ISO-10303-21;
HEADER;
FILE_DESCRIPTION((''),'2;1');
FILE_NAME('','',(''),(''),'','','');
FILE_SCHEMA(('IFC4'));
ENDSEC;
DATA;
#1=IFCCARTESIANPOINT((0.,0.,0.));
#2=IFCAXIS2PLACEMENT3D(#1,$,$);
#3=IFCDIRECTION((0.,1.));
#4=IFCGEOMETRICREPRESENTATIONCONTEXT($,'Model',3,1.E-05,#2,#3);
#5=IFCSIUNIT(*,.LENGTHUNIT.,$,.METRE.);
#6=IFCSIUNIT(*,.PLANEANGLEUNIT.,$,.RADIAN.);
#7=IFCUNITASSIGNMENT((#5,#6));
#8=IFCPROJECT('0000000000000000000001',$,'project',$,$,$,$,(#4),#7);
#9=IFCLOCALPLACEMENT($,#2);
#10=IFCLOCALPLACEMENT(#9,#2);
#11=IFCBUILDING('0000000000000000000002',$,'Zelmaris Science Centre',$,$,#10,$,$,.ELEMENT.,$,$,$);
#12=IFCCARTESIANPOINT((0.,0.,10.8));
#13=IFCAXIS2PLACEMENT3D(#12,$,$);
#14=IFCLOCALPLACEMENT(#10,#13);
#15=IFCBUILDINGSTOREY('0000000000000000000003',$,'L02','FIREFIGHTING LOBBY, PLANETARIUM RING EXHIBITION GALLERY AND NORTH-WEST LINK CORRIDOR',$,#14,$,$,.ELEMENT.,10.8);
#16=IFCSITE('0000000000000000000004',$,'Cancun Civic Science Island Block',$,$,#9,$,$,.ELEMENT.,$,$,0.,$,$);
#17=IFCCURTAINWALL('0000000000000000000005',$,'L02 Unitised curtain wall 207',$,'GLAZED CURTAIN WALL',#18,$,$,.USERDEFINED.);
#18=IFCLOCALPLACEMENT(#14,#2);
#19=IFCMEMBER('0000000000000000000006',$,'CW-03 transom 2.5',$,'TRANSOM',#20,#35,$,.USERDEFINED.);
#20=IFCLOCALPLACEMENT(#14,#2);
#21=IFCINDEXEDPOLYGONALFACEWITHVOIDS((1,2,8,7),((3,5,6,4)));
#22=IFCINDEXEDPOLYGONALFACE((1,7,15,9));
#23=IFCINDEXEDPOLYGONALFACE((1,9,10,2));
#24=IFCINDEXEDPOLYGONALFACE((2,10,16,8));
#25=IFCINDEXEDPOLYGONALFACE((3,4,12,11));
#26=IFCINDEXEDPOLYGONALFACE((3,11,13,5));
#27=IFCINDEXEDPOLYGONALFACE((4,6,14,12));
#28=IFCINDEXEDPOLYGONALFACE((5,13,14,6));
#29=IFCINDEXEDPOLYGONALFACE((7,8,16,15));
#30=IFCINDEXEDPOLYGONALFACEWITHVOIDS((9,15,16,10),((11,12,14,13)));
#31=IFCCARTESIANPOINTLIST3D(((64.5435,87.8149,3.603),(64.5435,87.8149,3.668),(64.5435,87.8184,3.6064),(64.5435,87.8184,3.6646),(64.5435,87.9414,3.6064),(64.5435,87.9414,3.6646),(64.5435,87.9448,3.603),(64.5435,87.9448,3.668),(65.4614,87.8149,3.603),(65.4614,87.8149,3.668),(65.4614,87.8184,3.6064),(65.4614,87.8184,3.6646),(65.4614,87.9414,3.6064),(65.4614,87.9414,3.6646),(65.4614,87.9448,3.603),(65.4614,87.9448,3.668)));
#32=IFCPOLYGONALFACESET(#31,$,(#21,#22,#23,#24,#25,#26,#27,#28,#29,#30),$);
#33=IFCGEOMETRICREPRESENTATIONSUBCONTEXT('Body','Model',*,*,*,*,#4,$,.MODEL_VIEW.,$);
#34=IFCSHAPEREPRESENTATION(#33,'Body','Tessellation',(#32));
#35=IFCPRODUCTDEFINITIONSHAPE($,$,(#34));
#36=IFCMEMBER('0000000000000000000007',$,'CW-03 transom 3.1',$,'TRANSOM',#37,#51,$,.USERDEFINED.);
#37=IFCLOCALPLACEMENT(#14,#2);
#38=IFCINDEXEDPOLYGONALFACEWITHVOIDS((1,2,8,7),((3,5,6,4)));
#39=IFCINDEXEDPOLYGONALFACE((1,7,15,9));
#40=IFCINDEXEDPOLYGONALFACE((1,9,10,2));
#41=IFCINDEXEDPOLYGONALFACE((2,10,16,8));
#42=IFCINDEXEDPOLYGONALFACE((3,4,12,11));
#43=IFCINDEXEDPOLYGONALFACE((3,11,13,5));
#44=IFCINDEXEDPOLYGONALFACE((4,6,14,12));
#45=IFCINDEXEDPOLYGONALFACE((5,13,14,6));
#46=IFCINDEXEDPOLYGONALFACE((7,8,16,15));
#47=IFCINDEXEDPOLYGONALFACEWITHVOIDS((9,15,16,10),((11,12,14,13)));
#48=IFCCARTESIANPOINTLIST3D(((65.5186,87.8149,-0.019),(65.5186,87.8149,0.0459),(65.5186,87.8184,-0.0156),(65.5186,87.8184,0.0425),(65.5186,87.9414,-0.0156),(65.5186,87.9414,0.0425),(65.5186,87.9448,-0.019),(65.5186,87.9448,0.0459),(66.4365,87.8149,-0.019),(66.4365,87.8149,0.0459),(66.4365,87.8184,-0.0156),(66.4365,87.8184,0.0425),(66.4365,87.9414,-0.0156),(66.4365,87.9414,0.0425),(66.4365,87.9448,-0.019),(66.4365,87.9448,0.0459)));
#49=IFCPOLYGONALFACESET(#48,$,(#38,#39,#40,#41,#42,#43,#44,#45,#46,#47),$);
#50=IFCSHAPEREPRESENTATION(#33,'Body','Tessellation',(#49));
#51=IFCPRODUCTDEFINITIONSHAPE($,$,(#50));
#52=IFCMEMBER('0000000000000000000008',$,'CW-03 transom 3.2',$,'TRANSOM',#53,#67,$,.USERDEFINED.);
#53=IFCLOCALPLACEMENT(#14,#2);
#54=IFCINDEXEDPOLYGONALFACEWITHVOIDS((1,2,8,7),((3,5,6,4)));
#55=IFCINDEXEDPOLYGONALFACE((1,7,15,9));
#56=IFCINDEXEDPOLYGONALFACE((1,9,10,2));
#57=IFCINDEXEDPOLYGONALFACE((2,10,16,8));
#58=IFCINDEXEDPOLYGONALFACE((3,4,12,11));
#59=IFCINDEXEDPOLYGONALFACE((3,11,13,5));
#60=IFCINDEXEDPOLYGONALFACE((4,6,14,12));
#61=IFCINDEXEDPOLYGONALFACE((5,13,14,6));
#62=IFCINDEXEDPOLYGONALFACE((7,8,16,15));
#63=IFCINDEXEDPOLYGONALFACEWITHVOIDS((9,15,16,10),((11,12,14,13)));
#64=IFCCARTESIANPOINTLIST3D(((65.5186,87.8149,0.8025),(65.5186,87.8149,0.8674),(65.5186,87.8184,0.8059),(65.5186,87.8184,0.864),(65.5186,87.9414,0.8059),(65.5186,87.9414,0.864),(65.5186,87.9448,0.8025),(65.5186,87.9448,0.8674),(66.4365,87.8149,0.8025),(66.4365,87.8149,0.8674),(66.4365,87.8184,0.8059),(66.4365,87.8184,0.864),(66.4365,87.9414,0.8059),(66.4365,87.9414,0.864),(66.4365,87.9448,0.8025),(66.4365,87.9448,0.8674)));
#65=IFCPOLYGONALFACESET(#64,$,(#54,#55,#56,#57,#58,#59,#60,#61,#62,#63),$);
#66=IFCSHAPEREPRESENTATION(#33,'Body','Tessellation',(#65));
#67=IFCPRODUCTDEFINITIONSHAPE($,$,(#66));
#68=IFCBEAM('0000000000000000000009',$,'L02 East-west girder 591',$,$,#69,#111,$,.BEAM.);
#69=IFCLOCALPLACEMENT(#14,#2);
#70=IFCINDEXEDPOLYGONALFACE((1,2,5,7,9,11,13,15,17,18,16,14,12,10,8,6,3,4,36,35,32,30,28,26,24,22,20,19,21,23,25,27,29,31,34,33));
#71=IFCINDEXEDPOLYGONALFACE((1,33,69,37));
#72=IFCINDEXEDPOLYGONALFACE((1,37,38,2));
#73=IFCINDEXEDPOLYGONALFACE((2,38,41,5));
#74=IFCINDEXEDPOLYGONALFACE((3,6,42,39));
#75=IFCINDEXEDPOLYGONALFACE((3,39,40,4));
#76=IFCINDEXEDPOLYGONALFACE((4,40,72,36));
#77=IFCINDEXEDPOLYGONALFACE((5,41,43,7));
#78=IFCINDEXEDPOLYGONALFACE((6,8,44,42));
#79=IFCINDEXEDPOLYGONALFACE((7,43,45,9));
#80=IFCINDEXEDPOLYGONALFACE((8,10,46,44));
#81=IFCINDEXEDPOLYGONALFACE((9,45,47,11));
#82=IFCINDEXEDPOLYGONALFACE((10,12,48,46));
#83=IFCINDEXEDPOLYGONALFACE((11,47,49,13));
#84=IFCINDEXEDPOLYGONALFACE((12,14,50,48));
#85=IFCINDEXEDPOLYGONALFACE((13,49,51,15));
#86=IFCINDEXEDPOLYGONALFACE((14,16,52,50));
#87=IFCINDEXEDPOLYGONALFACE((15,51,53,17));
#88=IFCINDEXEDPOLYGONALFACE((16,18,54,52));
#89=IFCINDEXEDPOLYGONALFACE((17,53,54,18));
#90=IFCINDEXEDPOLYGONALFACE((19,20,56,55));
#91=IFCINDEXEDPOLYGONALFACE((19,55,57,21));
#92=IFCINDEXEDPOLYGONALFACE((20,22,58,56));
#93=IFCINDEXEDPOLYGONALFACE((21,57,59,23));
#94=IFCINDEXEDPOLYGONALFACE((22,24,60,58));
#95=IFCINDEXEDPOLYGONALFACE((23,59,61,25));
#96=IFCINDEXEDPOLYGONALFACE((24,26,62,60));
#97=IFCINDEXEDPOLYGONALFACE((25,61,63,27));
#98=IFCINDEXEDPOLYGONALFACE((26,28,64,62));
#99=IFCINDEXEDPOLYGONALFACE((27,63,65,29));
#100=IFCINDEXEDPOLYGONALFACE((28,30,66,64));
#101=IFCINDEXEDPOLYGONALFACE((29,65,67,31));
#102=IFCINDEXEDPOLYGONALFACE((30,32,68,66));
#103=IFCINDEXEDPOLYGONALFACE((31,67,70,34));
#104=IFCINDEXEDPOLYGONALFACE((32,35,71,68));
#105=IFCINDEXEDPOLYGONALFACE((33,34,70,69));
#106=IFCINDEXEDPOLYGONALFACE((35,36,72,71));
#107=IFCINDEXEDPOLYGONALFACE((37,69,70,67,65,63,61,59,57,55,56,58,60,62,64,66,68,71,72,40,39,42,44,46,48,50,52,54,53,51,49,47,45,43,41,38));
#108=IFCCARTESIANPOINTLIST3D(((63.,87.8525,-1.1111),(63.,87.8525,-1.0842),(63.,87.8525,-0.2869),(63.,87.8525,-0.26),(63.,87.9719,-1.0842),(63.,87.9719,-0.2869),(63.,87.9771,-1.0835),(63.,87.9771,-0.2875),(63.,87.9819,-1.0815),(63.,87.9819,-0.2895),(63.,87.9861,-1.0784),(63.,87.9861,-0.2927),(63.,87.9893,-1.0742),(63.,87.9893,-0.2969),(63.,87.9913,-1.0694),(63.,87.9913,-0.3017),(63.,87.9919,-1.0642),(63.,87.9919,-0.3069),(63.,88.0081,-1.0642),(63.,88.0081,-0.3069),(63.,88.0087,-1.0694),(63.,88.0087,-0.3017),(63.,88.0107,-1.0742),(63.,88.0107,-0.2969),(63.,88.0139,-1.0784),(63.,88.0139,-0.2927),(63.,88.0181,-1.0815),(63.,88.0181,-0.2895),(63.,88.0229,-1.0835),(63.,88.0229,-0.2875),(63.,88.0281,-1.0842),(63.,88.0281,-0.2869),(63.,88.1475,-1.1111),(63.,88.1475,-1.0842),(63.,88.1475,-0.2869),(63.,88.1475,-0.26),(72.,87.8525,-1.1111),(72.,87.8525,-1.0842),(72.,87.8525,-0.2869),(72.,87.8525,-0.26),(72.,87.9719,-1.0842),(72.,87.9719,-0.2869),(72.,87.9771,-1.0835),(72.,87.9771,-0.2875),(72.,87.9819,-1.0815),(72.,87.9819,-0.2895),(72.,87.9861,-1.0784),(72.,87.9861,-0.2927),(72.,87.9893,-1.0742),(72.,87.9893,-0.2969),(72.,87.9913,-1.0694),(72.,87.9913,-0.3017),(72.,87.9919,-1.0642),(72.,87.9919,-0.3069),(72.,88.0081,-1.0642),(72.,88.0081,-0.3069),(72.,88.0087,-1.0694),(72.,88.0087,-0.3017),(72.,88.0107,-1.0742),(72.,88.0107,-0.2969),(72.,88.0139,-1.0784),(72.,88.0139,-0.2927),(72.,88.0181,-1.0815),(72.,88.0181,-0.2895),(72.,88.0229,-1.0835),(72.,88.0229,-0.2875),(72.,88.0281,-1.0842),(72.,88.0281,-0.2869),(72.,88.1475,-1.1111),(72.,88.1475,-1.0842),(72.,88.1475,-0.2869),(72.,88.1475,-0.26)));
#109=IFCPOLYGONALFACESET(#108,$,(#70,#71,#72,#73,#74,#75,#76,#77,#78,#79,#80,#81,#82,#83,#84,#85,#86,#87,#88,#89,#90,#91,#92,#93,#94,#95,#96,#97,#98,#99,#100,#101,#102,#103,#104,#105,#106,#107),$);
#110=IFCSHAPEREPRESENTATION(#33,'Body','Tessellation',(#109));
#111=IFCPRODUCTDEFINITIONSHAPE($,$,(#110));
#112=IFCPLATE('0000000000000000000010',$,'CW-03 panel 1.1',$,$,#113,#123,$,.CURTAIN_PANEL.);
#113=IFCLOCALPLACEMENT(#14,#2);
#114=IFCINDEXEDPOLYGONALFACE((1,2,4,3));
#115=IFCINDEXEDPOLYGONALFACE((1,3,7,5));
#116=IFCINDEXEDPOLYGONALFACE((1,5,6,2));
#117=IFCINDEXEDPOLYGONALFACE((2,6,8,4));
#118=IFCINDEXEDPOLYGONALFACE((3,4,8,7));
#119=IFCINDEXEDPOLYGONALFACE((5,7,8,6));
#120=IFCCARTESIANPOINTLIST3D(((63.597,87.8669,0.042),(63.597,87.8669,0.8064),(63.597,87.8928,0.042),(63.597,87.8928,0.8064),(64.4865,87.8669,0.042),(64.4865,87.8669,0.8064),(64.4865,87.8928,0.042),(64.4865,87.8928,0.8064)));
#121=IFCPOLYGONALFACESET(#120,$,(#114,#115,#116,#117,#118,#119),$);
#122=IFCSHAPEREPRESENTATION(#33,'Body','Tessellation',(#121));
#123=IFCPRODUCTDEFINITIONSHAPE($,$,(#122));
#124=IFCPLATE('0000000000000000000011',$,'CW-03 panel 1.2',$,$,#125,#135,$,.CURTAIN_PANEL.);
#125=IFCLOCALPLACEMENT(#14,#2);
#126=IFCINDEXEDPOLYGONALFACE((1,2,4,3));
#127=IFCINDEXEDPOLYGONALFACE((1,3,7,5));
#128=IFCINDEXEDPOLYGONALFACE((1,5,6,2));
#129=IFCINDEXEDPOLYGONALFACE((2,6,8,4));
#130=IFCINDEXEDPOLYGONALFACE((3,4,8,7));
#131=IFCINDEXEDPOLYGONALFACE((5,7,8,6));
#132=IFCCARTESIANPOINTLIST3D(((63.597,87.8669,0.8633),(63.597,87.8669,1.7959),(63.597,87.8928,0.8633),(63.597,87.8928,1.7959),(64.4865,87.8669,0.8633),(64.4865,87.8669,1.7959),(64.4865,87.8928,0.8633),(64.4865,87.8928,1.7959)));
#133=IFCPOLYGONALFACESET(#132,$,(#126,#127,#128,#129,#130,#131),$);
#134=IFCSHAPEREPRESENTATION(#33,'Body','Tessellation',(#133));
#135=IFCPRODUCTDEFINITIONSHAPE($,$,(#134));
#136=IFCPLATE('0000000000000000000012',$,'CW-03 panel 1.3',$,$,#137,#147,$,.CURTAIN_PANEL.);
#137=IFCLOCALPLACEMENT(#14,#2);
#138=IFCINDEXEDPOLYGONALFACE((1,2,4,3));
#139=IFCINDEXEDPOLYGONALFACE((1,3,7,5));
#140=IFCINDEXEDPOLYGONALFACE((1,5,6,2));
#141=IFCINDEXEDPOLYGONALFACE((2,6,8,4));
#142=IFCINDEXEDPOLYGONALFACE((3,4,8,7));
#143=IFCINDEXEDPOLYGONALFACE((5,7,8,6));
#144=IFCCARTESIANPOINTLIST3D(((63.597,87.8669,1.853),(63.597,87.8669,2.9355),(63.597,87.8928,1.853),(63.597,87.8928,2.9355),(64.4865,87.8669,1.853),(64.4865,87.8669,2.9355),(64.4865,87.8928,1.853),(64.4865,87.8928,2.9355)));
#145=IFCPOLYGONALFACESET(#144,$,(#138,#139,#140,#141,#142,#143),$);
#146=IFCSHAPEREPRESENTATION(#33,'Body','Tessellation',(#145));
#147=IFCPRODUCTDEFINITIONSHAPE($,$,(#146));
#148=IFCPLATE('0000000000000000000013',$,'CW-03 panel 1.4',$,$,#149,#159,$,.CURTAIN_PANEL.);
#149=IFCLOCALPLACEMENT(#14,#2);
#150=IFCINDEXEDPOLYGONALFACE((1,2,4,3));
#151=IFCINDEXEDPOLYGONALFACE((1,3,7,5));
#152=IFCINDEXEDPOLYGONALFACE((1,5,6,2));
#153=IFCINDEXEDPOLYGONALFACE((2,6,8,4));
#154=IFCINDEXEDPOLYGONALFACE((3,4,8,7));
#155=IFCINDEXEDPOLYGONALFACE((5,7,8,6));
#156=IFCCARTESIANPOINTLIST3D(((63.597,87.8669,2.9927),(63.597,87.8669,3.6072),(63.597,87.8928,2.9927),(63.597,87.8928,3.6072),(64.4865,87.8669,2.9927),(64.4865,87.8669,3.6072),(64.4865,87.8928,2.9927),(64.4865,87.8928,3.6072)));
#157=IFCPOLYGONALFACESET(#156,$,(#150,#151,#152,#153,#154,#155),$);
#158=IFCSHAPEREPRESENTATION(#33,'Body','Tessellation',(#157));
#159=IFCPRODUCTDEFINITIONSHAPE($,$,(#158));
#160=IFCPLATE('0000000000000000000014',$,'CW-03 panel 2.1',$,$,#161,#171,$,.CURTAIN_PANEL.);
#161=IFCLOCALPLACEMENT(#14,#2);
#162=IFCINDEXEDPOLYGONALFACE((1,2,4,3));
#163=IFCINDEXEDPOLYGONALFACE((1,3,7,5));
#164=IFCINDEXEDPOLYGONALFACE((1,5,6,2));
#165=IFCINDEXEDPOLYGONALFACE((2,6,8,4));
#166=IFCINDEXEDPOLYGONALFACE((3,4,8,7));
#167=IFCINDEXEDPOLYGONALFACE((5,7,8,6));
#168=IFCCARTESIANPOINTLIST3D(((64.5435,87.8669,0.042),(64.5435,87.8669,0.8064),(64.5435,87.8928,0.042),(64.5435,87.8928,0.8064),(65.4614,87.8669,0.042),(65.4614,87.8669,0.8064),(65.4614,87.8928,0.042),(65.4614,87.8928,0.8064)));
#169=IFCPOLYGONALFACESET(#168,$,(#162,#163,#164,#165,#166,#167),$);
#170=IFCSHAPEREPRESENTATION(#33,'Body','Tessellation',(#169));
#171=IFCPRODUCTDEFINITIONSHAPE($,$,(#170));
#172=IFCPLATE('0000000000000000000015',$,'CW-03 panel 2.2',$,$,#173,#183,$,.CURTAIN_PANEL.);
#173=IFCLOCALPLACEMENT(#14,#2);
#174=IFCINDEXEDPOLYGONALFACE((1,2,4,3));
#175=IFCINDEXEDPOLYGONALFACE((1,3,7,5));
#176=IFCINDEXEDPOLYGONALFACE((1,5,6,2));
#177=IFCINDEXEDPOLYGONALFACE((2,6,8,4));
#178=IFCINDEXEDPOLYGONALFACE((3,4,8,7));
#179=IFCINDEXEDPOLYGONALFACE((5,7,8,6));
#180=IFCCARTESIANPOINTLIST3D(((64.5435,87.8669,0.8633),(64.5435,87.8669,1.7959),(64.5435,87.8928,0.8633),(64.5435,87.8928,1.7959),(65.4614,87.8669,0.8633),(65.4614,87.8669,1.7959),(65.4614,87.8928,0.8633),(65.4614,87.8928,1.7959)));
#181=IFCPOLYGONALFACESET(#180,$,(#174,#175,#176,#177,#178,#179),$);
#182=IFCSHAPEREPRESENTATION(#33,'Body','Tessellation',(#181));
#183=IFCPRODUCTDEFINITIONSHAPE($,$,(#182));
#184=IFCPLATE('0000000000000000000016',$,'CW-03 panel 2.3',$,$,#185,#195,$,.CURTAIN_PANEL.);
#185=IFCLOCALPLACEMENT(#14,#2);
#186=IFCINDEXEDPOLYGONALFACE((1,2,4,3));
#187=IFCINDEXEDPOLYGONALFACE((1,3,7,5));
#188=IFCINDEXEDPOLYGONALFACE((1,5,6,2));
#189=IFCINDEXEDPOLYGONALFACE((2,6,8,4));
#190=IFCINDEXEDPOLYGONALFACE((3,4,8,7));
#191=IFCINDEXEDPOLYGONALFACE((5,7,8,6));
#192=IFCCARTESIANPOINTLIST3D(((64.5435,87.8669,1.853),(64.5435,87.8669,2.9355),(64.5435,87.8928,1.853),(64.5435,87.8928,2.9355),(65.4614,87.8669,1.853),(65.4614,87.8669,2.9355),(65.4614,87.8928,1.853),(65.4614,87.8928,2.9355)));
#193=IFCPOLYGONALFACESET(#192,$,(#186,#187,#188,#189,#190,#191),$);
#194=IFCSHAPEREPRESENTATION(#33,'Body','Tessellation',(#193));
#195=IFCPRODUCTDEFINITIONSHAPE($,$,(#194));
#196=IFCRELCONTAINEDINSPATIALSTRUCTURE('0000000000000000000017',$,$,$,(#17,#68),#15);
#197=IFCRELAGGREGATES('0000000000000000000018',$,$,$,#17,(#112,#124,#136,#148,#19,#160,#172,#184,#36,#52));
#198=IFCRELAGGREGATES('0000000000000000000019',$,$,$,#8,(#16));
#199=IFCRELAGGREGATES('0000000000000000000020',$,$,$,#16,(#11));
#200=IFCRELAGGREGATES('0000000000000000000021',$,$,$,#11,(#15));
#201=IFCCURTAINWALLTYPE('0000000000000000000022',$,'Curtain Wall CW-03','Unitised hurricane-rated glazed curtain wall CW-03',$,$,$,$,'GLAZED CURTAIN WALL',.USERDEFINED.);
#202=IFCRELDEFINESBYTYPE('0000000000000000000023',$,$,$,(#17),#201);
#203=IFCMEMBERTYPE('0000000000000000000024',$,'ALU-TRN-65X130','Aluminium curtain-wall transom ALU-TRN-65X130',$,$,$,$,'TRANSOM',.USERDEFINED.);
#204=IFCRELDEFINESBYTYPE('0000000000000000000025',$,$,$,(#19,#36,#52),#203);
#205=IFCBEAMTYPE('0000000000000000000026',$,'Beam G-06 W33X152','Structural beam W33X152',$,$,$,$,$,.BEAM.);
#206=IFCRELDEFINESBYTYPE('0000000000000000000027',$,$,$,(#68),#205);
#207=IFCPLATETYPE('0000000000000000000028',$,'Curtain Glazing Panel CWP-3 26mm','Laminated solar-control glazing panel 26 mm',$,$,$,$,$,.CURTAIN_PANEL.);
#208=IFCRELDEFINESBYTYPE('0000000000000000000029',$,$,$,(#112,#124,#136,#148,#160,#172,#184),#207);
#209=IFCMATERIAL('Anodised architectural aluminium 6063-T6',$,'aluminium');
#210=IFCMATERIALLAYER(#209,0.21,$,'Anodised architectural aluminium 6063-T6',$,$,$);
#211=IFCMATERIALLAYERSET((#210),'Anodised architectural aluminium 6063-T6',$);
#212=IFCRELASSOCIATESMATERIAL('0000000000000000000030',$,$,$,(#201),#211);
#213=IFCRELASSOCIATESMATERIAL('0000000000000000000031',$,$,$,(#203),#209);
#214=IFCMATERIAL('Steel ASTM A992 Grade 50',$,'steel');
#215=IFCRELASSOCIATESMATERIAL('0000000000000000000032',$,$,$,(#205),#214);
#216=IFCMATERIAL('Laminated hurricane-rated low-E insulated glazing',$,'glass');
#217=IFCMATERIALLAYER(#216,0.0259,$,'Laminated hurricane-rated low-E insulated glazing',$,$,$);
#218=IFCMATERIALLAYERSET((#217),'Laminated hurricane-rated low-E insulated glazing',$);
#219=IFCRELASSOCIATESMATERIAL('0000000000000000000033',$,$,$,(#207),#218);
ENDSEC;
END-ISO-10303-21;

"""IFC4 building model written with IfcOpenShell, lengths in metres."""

from ifc_helpers import new_model, si_unit, direction, frame, origin, origin_2d, place, context, subcontext, project, spatial, rectangle, hollow_rectangle, i_section, extrude, material, layer, layer_set, material_profile, profile_set, type_object, element, aggregate, save


model = new_model("IFC4")

# Units and contexts
model_context = context("Model", 3, precision=1e-05, world=origin(), true_north=direction((0.0, 1.0)))
body_context = subcontext(model_context, "Body", "Model", "MODEL_VIEW")
ifc_project = project(units=[si_unit("LENGTHUNIT", "METRE"), si_unit("PLANEANGLEUNIT", "RADIAN")], contexts=[model_context])

# Site, building, storey
site_placement = place(None, origin())
site = spatial("IfcSite", under=ifc_project, at=site_placement, Name="Cancun Civic Science Island Block", CompositionType="ELEMENT", RefElevation=0.0)
building_placement = place(site_placement, origin())
building = spatial("IfcBuilding", under=site, at=building_placement, Name="Zelmaris Science Centre", CompositionType="ELEMENT")
storey_placement = place(building_placement, frame((0.0, 0.0, 10.8)))
storey = spatial("IfcBuildingStorey", under=building, at=storey_placement, Name="L02", Description="FIREFIGHTING LOBBY, PLANETARIUM RING EXHIBITION GALLERY AND NORTH-WEST LINK CORRIDOR", CompositionType="ELEMENT", Elevation=10.8)

# Shared definitions
ifc_material_1 = material(Name="Steel ASTM A992 Grade 50", Category="steel")

# Curtain wall, members
ifc_material_2 = material(Name="Anodised architectural aluminium 6063-T6", Category="aluminium")
ifc_layer_1 = layer(ifc_material_2, 0.21, Name="Anodised architectural aluminium 6063-T6")
ifc_layer_set_1 = layer_set([ifc_layer_1], Name="Anodised architectural aluminium 6063-T6")
curtain_wall_type = type_object("IfcCurtainWallType", Name="Curtain Wall CW-03", Description="Unitised hurricane-rated glazed curtain wall CW-03", ElementType="GLAZED CURTAIN WALL", PredefinedType="USERDEFINED", material=ifc_layer_set_1)
curtain_wall_placement = place(storey_placement, origin())
curtain_wall = element("IfcCurtainWall", 1, at=curtain_wall_placement, inside=storey, type_object=curtain_wall_type, Name="L02 Unitised curtain wall 207", ObjectType="GLAZED CURTAIN WALL", PredefinedType="USERDEFINED")
ifc_material_profile_1 = material_profile(ifc_material_2, hollow_rectangle(XDim=0.0649, YDim=0.1299, WallThickness=0.0034, at=origin_2d()), Name="ALU-TRN-65X130")
ifc_profile_set_1 = profile_set([ifc_material_profile_1], Name="Anodised architectural aluminium 6063-T6")
member_type_1 = type_object("IfcMemberType", Name="ALU-TRN-65X130", Description="Aluminium curtain-wall transom ALU-TRN-65X130", ElementType="TRANSOM", PredefinedType="USERDEFINED", material=ifc_profile_set_1)
member_1_placement = place(storey_placement, frame((64.5435, 87.8799, 3.6355), z_axis=(1.0, 0.0, 0.0), x_axis=(0.0, 0.0, 1.0)))
member_1 = element("IfcMember", 2, at=member_1_placement, type_object=member_type_1, Name="CW-03 transom 2.5", ObjectType="TRANSOM", PredefinedType="USERDEFINED", context=body_context, shape_type="SweptSolid", body=[
    extrude(hollow_rectangle(XDim=0.0649, YDim=0.1299, WallThickness=0.0034, at=origin_2d()), origin(), (0.0, 0.0, 1.0), 0.918),
])
member_2_placement = place(storey_placement, frame((65.5186, 87.8799, 0.0134), z_axis=(1.0, 0.0, 0.0), x_axis=(0.0, 0.0, 1.0)))
member_2 = element("IfcMember", 3, at=member_2_placement, type_object=member_type_1, Name="CW-03 transom 3.1", ObjectType="TRANSOM", PredefinedType="USERDEFINED", context=body_context, shape_type="SweptSolid", body=[
    extrude(hollow_rectangle(XDim=0.0649, YDim=0.1299, WallThickness=0.0034, at=origin_2d()), origin(), (0.0, 0.0, 1.0), 0.918),
])
member_3_placement = place(storey_placement, frame((65.5186, 87.8799, 0.835), z_axis=(1.0, 0.0, 0.0), x_axis=(0.0, 0.0, 1.0)))
member_3 = element("IfcMember", 4, at=member_3_placement, type_object=member_type_1, Name="CW-03 transom 3.2", ObjectType="TRANSOM", PredefinedType="USERDEFINED", context=body_context, shape_type="SweptSolid", body=[
    extrude(hollow_rectangle(XDim=0.0649, YDim=0.1299, WallThickness=0.0034, at=origin_2d()), origin(), (0.0, 0.0, 1.0), 0.918),
])

# Beam
ifc_material_profile_2 = material_profile(ifc_material_1, i_section(OverallWidth=0.2949, OverallDepth=0.8511, WebThickness=0.0161, FlangeThickness=0.0269, FilletRadius=0.02, at=origin_2d()), Name="W33X152")
ifc_profile_set_2 = profile_set([ifc_material_profile_2], Name="Steel ASTM A992 Grade 50")
beam_type = type_object("IfcBeamType", Name="Beam G-06 W33X152", Description="Structural beam W33X152", PredefinedType="BEAM", material=ifc_profile_set_2)
beam_placement = place(storey_placement, frame((63.0, 88.0, -0.6855), z_axis=(1.0, 0.0, 0.0), x_axis=(0.0, 1.0, 0.0)))
element("IfcBeam", 5, at=beam_placement, inside=storey, type_object=beam_type, Name="L02 East-west girder 591", PredefinedType="BEAM", context=body_context, shape_type="SweptSolid", body=[
    extrude(i_section(OverallWidth=0.2949, OverallDepth=0.8511, WebThickness=0.0161, FlangeThickness=0.0269, FilletRadius=0.02, at=origin_2d()), origin(), (0.0, 0.0, 1.0), 9.0),
])

# Plates
ifc_material_3 = material(Name="Laminated hurricane-rated low-E insulated glazing", Category="glass")
ifc_layer_2 = layer(ifc_material_3, 0.0259, Name="Laminated hurricane-rated low-E insulated glazing")
ifc_layer_set_2 = layer_set([ifc_layer_2], Name="Laminated hurricane-rated low-E insulated glazing")
plate_type = type_object("IfcPlateType", Name="Curtain Glazing Panel CWP-3 26mm", Description="Laminated solar-control glazing panel 26 mm", PredefinedType="CURTAIN_PANEL", material=ifc_layer_set_2)
plate_1_placement = place(storey_placement, frame((64.0417, 87.8799, 0.042), z_axis=(0.0, 0.0, 1.0), x_axis=(1.0, 0.0, 0.0)))
plate_1 = element("IfcPlate", 6, at=plate_1_placement, type_object=plate_type, Name="CW-03 panel 1.1", PredefinedType="CURTAIN_PANEL", context=body_context, shape_type="SweptSolid", body=[
    extrude(rectangle(XDim=0.8894, YDim=0.0259, at=origin_2d()), origin(), (0.0, 0.0, 1.0), 0.7644),
])
plate_2_placement = place(storey_placement, frame((64.0417, 87.8799, 0.8633), z_axis=(0.0, 0.0, 1.0), x_axis=(1.0, 0.0, 0.0)))
plate_2 = element("IfcPlate", 7, at=plate_2_placement, type_object=plate_type, Name="CW-03 panel 1.2", PredefinedType="CURTAIN_PANEL", context=body_context, shape_type="SweptSolid", body=[
    extrude(rectangle(XDim=0.8894, YDim=0.0259, at=origin_2d()), origin(), (0.0, 0.0, 1.0), 0.9326),
])
plate_3_placement = place(storey_placement, frame((64.0417, 87.8799, 1.853), z_axis=(0.0, 0.0, 1.0), x_axis=(1.0, 0.0, 0.0)))
plate_3 = element("IfcPlate", 8, at=plate_3_placement, type_object=plate_type, Name="CW-03 panel 1.3", PredefinedType="CURTAIN_PANEL", context=body_context, shape_type="SweptSolid", body=[
    extrude(rectangle(XDim=0.8894, YDim=0.0259, at=origin_2d()), origin(), (0.0, 0.0, 1.0), 1.0825),
])
plate_4_placement = place(storey_placement, frame((64.0417, 87.8799, 2.9927), z_axis=(0.0, 0.0, 1.0), x_axis=(1.0, 0.0, 0.0)))
plate_4 = element("IfcPlate", 9, at=plate_4_placement, type_object=plate_type, Name="CW-03 panel 1.4", PredefinedType="CURTAIN_PANEL", context=body_context, shape_type="SweptSolid", body=[
    extrude(rectangle(XDim=0.8894, YDim=0.0259, at=origin_2d()), origin(), (0.0, 0.0, 1.0), 0.6145),
])
plate_5_placement = place(storey_placement, frame((65.0024, 87.8799, 0.042), z_axis=(0.0, 0.0, 1.0), x_axis=(1.0, 0.0, 0.0)))
plate_5 = element("IfcPlate", 10, at=plate_5_placement, type_object=plate_type, Name="CW-03 panel 2.1", PredefinedType="CURTAIN_PANEL", context=body_context, shape_type="SweptSolid", body=[
    extrude(rectangle(XDim=0.918, YDim=0.0259, at=origin_2d()), origin(), (0.0, 0.0, 1.0), 0.7644),
])
plate_6_placement = place(storey_placement, frame((65.0024, 87.8799, 0.8633), z_axis=(0.0, 0.0, 1.0), x_axis=(1.0, 0.0, 0.0)))
plate_6 = element("IfcPlate", 11, at=plate_6_placement, type_object=plate_type, Name="CW-03 panel 2.2", PredefinedType="CURTAIN_PANEL", context=body_context, shape_type="SweptSolid", body=[
    extrude(rectangle(XDim=0.918, YDim=0.0259, at=origin_2d()), origin(), (0.0, 0.0, 1.0), 0.9326),
])
plate_7_placement = place(storey_placement, frame((65.0024, 87.8799, 1.853), z_axis=(0.0, 0.0, 1.0), x_axis=(1.0, 0.0, 0.0)))
plate_7 = element("IfcPlate", 12, at=plate_7_placement, type_object=plate_type, Name="CW-03 panel 2.3", PredefinedType="CURTAIN_PANEL", context=body_context, shape_type="SweptSolid", body=[
    extrude(rectangle(XDim=0.918, YDim=0.0259, at=origin_2d()), origin(), (0.0, 0.0, 1.0), 1.0825),
])
aggregate(curtain_wall, [plate_1, plate_2, plate_3, plate_4, member_1, plate_5, plate_6, plate_7, member_2, member_3])

save(model, "model.ifc")
